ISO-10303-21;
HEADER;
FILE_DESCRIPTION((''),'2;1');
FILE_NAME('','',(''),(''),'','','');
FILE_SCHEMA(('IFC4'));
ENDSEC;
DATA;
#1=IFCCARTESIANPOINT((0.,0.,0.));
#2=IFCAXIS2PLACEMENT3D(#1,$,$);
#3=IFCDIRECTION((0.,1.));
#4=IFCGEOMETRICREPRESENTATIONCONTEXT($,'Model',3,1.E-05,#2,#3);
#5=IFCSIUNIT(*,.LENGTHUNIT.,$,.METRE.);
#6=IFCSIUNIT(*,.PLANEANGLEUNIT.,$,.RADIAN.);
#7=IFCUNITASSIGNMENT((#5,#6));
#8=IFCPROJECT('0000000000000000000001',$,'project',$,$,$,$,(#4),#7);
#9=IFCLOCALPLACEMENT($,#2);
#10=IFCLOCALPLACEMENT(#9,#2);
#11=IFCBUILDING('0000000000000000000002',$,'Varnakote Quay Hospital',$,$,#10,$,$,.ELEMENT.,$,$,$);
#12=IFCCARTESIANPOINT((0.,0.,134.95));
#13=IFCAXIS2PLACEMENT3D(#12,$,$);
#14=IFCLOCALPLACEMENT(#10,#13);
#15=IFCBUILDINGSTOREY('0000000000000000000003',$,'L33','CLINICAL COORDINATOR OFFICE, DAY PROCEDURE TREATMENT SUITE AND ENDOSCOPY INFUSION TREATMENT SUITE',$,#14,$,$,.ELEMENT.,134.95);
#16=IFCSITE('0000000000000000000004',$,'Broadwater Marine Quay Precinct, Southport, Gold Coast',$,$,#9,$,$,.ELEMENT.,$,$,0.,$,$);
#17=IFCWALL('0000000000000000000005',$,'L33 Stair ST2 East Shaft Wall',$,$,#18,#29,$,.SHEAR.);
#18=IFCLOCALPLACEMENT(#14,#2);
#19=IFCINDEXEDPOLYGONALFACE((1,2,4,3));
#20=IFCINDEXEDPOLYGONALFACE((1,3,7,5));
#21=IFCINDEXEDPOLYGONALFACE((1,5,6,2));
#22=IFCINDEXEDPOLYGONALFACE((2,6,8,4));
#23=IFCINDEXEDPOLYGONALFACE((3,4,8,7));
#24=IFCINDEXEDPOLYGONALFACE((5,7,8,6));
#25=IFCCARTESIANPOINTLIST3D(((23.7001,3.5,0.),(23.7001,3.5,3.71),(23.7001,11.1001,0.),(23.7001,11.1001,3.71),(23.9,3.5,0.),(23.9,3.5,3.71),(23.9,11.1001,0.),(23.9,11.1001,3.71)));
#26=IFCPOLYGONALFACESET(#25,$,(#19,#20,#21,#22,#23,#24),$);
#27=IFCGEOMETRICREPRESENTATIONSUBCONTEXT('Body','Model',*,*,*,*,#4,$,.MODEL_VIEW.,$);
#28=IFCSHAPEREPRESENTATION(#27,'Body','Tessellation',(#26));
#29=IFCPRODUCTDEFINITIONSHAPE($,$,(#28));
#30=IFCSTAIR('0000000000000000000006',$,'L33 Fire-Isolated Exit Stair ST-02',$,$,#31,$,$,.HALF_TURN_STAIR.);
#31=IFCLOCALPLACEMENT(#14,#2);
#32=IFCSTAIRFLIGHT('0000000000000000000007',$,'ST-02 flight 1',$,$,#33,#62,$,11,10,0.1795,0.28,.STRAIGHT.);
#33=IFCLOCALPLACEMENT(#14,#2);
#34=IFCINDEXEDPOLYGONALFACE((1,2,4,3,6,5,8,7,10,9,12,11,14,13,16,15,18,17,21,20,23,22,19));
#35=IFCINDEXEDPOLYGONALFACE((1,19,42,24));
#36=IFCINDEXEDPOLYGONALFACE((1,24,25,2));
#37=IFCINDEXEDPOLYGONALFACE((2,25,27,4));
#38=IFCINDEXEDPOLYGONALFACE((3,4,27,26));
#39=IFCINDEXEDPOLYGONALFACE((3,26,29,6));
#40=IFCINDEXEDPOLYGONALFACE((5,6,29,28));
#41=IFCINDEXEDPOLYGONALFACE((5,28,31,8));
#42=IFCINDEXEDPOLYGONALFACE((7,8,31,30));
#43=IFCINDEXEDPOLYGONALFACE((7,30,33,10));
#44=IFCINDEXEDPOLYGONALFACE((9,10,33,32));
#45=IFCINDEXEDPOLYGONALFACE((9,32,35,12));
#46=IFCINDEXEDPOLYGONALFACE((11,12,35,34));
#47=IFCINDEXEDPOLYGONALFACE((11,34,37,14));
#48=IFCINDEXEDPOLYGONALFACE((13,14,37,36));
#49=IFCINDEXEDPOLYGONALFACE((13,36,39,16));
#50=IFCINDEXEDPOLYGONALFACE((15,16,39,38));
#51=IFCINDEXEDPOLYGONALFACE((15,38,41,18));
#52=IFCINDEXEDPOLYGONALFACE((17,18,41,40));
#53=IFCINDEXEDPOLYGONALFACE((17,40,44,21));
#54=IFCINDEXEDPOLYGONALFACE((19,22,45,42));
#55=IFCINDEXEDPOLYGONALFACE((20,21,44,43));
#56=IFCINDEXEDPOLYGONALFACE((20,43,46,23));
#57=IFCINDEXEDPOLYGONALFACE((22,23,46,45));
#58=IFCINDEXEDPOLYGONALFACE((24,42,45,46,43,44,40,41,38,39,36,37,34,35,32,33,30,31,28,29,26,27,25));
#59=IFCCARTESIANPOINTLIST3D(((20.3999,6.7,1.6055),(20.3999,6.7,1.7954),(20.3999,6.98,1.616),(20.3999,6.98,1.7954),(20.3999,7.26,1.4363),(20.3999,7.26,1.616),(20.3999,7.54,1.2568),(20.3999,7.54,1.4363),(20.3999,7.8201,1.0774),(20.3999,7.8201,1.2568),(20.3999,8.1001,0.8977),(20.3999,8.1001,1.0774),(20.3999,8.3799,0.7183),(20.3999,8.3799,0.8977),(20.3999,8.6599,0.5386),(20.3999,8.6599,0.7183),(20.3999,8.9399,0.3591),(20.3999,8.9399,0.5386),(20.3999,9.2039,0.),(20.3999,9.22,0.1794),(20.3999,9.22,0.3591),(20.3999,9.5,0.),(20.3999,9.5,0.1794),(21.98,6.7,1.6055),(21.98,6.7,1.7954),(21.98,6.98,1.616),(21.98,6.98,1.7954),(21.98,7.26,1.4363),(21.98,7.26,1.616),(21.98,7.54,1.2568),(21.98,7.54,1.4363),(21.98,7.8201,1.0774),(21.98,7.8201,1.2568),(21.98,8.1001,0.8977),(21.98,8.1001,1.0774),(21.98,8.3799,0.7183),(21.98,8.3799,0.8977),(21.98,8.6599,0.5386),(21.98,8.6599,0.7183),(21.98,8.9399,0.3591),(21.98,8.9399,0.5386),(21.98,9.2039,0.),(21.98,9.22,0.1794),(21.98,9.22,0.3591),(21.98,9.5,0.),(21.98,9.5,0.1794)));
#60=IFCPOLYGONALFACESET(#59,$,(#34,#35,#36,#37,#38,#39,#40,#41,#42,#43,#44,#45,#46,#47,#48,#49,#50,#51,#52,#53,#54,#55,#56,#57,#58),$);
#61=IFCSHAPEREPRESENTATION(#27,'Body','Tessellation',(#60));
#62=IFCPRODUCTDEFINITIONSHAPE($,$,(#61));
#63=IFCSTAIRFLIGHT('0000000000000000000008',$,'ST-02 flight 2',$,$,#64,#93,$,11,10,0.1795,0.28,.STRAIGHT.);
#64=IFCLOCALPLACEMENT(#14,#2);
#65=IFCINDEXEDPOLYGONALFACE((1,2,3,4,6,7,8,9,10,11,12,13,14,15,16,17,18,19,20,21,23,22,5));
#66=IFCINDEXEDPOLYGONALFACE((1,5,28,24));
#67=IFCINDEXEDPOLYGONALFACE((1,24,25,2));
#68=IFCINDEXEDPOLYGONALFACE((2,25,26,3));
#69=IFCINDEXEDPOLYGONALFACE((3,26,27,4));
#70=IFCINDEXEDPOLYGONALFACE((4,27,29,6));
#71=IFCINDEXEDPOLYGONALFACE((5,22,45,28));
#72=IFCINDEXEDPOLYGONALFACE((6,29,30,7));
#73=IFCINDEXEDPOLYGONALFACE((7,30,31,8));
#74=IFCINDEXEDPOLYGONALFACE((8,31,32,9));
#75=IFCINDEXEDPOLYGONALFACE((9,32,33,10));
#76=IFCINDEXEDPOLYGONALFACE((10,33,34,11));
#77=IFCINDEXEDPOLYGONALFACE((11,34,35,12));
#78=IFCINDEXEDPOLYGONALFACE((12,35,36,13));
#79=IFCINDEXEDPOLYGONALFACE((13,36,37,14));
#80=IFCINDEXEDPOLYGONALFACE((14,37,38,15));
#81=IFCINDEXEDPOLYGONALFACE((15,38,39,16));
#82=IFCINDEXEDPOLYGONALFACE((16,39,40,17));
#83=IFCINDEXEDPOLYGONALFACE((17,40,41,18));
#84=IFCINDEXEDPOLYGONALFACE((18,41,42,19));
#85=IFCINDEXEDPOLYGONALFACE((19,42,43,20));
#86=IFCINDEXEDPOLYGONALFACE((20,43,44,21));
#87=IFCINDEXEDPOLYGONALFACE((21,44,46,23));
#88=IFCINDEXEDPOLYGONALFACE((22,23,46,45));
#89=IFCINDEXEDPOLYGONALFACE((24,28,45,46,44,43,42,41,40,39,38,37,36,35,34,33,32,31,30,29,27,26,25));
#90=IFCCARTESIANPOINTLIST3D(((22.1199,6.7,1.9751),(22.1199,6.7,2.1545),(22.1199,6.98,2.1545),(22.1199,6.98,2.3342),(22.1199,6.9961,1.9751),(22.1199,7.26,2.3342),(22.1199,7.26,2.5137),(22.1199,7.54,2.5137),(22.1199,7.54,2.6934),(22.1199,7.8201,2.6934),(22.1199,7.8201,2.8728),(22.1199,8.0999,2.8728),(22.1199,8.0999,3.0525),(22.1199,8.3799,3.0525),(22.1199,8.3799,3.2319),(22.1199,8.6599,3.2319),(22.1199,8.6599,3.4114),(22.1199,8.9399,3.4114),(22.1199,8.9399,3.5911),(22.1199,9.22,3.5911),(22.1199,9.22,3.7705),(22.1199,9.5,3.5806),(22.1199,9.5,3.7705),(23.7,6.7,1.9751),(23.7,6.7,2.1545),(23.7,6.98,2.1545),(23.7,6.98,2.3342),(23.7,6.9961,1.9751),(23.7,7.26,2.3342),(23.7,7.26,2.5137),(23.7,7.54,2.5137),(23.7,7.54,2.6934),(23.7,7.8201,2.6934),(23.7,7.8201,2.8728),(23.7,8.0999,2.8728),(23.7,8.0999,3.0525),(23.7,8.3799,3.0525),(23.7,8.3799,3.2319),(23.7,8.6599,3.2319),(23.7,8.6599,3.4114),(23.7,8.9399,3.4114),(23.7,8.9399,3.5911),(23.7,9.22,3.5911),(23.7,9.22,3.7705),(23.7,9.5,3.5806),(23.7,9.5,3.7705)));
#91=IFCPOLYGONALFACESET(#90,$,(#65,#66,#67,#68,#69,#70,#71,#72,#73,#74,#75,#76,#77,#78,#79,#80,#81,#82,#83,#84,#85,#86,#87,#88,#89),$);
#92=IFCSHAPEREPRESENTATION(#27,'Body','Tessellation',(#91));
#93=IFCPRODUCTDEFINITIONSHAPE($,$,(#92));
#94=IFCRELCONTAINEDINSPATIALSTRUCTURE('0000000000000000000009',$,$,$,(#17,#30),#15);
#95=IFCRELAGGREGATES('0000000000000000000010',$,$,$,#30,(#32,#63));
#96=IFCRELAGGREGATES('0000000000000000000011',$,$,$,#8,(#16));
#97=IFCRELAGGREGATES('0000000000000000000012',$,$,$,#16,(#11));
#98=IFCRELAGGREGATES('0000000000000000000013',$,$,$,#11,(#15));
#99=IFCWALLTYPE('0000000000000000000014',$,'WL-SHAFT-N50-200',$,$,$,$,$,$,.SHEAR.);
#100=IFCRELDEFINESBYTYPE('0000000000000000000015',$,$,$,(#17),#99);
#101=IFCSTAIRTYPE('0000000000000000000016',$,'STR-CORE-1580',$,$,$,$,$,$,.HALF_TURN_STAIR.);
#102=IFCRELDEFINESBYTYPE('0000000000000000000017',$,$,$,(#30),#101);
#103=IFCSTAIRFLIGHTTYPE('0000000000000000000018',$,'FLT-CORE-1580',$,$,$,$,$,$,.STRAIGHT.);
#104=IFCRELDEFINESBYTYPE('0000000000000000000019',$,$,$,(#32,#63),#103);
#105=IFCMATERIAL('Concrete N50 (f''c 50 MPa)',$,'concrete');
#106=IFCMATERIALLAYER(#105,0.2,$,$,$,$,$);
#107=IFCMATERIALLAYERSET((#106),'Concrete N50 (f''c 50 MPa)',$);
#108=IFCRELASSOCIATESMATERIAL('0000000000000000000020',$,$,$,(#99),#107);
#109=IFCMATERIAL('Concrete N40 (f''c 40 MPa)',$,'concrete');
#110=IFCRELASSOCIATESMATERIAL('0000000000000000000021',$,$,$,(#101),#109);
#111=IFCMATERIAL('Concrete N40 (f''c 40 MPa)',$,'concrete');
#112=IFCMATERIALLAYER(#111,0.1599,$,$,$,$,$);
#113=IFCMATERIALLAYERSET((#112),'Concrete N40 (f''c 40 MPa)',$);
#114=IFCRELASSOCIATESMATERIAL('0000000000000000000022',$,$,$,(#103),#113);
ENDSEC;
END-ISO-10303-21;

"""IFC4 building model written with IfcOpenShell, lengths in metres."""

from ifc_helpers import new_model, si_unit, direction, frame, frame_2d, origin, place, context, subcontext, project, spatial, polyline, rectangle, outline, extrude, material, layer, layer_set, type_object, element, aggregate, save


model = new_model("IFC4")

# Units and contexts
model_context = context("Model", 3, precision=1e-05, world=origin(), true_north=direction((0.0, 1.0)))
body_context = subcontext(model_context, "Body", "Model", "MODEL_VIEW")
ifc_project = project(units=[si_unit("LENGTHUNIT", "METRE"), si_unit("PLANEANGLEUNIT", "RADIAN")], contexts=[model_context])

# Site, building, storey
site_placement = place(None, origin())
site = spatial("IfcSite", under=ifc_project, at=site_placement, Name="Broadwater Marine Quay Precinct, Southport, Gold Coast", CompositionType="ELEMENT", RefElevation=0.0)
building_placement = place(site_placement, origin())
building = spatial("IfcBuilding", under=site, at=building_placement, Name="Varnakote Quay Hospital", CompositionType="ELEMENT")
storey_placement = place(building_placement, frame((0.0, 0.0, 134.95)))
storey = spatial("IfcBuildingStorey", under=building, at=storey_placement, Name="L33", Description="CLINICAL COORDINATOR OFFICE, DAY PROCEDURE TREATMENT SUITE AND ENDOSCOPY INFUSION TREATMENT SUITE", CompositionType="ELEMENT", Elevation=134.95)

# Wall
ifc_material_1 = material(Name="Concrete N50 (f'c 50 MPa)", Category="concrete")
ifc_layer_1 = layer(ifc_material_1, 0.2)
ifc_layer_set_1 = layer_set([ifc_layer_1], Name="Concrete N50 (f'c 50 MPa)")
wall_type_1 = type_object("IfcWallType", Name="WL-SHAFT-N50-200", PredefinedType="SHEAR", material=ifc_layer_set_1)
for number, where, z_axis, x_axis, name in (
    (1, (23.8, 3.5, 0.0), (0.0, 0.0, 1.0), (0.0, 1.0, 0.0), "L33 Stair ST2 East Shaft Wall"),
):
    element("IfcWall", number, at=place(storey_placement, frame(where, z_axis=z_axis, x_axis=x_axis)), inside=storey, type_object=wall_type_1, Name=name, PredefinedType="SHEAR", context=body_context, shape_type="SweptSolid", body=[
        extrude(rectangle(XDim=7.6001, YDim=0.2, at=frame_2d((3.8, 0.0))), origin(), (0.0, 0.0, 1.0), 3.71),
    ])

# Stair, stair flights
ifc_material_2 = material(Name="Concrete N40 (f'c 40 MPa)", Category="concrete")
stair_type = type_object("IfcStairType", Name="STR-CORE-1580", PredefinedType="HALF_TURN_STAIR", material=ifc_material_2)
stair_placement = place(storey_placement, origin())
stair = element("IfcStair", 2, at=stair_placement, inside=storey, type_object=stair_type, Name="L33 Fire-Isolated Exit Stair ST-02", PredefinedType="HALF_TURN_STAIR")
ifc_material_3 = material(Name="Concrete N40 (f'c 40 MPa)", Category="concrete")
ifc_layer_2 = layer(ifc_material_3, 0.1599)
ifc_layer_set_2 = layer_set([ifc_layer_2], Name="Concrete N40 (f'c 40 MPa)")
stair_flight_type = type_object("IfcStairFlightType", Name="FLT-CORE-1580", PredefinedType="STRAIGHT", material=ifc_layer_set_2)
stair_flight_1_placement = place(storey_placement, frame((21.1899, 9.5, 0.0), z_axis=(0.0, 0.0, 1.0), x_axis=(0.0, -1.0, 0.0)))
stair_flight_1 = element("IfcStairFlight", 3, at=stair_flight_1_placement, type_object=stair_flight_type, Name="ST-02 flight 1", NumberOfRisers=11, NumberOfTreads=10, PredefinedType="STRAIGHT", RiserHeight=0.1795, TreadLength=0.28, context=body_context, shape_type="SweptSolid", body=[
    extrude(outline(polyline([(0.0, 0.0), (0.0, 0.1794), (0.28, 0.1794), (0.28, 0.3591), (0.5601, 0.3591), (0.5601, 0.5386), (0.8401, 0.5386), (0.8401, 0.7183), (1.1201, 0.7183), (1.1201, 0.8977), (1.3999, 0.8977), (1.3999, 1.0774), (1.6799, 1.0774), (1.6799, 1.2568), (1.96, 1.2568), (1.96, 1.4363), (2.24, 1.4363), (2.24, 1.616), (2.52, 1.616), (2.52, 1.7954), (2.8, 1.7954), (2.8, 1.9751), (2.8, 1.6055), (0.2961, 0.0), (0.0, 0.0)])), frame((0.0, 0.79, 0.0), z_axis=(0.0, -1.0, 0.0), x_axis=(1.0, 0.0, 0.0)), (0.0, 0.0, 1.0), 1.5801),
])
stair_flight_2_placement = place(storey_placement, frame((22.9099, 6.7, 1.9751), z_axis=(0.0, 0.0, 1.0), x_axis=(0.0, 1.0, 0.0)))
stair_flight_2 = element("IfcStairFlight", 4, at=stair_flight_2_placement, type_object=stair_flight_type, Name="ST-02 flight 2", NumberOfRisers=11, NumberOfTreads=10, PredefinedType="STRAIGHT", RiserHeight=0.1795, TreadLength=0.28, context=body_context, shape_type="SweptSolid", body=[
    extrude(outline(polyline([(0.0, 0.0), (0.0, 0.1794), (0.28, 0.1794), (0.28, 0.3591), (0.5601, 0.3591), (0.5601, 0.5386), (0.8401, 0.5386), (0.8401, 0.7183), (1.1201, 0.7183), (1.1201, 0.8977), (1.3999, 0.8977), (1.3999, 1.0774), (1.6799, 1.0774), (1.6799, 1.2568), (1.96, 1.2568), (1.96, 1.4363), (2.24, 1.4363), (2.24, 1.616), (2.52, 1.616), (2.52, 1.7954), (2.8, 1.7954), (2.8, 1.9751), (2.8, 1.6055), (0.2961, 0.0), (0.0, 0.0)])), frame((0.0, 0.79, 0.0), z_axis=(0.0, -1.0, 0.0), x_axis=(1.0, 0.0, 0.0)), (0.0, 0.0, 1.0), 1.5801),
])
aggregate(stair, [stair_flight_1, stair_flight_2])

save(model, "model.ifc")
